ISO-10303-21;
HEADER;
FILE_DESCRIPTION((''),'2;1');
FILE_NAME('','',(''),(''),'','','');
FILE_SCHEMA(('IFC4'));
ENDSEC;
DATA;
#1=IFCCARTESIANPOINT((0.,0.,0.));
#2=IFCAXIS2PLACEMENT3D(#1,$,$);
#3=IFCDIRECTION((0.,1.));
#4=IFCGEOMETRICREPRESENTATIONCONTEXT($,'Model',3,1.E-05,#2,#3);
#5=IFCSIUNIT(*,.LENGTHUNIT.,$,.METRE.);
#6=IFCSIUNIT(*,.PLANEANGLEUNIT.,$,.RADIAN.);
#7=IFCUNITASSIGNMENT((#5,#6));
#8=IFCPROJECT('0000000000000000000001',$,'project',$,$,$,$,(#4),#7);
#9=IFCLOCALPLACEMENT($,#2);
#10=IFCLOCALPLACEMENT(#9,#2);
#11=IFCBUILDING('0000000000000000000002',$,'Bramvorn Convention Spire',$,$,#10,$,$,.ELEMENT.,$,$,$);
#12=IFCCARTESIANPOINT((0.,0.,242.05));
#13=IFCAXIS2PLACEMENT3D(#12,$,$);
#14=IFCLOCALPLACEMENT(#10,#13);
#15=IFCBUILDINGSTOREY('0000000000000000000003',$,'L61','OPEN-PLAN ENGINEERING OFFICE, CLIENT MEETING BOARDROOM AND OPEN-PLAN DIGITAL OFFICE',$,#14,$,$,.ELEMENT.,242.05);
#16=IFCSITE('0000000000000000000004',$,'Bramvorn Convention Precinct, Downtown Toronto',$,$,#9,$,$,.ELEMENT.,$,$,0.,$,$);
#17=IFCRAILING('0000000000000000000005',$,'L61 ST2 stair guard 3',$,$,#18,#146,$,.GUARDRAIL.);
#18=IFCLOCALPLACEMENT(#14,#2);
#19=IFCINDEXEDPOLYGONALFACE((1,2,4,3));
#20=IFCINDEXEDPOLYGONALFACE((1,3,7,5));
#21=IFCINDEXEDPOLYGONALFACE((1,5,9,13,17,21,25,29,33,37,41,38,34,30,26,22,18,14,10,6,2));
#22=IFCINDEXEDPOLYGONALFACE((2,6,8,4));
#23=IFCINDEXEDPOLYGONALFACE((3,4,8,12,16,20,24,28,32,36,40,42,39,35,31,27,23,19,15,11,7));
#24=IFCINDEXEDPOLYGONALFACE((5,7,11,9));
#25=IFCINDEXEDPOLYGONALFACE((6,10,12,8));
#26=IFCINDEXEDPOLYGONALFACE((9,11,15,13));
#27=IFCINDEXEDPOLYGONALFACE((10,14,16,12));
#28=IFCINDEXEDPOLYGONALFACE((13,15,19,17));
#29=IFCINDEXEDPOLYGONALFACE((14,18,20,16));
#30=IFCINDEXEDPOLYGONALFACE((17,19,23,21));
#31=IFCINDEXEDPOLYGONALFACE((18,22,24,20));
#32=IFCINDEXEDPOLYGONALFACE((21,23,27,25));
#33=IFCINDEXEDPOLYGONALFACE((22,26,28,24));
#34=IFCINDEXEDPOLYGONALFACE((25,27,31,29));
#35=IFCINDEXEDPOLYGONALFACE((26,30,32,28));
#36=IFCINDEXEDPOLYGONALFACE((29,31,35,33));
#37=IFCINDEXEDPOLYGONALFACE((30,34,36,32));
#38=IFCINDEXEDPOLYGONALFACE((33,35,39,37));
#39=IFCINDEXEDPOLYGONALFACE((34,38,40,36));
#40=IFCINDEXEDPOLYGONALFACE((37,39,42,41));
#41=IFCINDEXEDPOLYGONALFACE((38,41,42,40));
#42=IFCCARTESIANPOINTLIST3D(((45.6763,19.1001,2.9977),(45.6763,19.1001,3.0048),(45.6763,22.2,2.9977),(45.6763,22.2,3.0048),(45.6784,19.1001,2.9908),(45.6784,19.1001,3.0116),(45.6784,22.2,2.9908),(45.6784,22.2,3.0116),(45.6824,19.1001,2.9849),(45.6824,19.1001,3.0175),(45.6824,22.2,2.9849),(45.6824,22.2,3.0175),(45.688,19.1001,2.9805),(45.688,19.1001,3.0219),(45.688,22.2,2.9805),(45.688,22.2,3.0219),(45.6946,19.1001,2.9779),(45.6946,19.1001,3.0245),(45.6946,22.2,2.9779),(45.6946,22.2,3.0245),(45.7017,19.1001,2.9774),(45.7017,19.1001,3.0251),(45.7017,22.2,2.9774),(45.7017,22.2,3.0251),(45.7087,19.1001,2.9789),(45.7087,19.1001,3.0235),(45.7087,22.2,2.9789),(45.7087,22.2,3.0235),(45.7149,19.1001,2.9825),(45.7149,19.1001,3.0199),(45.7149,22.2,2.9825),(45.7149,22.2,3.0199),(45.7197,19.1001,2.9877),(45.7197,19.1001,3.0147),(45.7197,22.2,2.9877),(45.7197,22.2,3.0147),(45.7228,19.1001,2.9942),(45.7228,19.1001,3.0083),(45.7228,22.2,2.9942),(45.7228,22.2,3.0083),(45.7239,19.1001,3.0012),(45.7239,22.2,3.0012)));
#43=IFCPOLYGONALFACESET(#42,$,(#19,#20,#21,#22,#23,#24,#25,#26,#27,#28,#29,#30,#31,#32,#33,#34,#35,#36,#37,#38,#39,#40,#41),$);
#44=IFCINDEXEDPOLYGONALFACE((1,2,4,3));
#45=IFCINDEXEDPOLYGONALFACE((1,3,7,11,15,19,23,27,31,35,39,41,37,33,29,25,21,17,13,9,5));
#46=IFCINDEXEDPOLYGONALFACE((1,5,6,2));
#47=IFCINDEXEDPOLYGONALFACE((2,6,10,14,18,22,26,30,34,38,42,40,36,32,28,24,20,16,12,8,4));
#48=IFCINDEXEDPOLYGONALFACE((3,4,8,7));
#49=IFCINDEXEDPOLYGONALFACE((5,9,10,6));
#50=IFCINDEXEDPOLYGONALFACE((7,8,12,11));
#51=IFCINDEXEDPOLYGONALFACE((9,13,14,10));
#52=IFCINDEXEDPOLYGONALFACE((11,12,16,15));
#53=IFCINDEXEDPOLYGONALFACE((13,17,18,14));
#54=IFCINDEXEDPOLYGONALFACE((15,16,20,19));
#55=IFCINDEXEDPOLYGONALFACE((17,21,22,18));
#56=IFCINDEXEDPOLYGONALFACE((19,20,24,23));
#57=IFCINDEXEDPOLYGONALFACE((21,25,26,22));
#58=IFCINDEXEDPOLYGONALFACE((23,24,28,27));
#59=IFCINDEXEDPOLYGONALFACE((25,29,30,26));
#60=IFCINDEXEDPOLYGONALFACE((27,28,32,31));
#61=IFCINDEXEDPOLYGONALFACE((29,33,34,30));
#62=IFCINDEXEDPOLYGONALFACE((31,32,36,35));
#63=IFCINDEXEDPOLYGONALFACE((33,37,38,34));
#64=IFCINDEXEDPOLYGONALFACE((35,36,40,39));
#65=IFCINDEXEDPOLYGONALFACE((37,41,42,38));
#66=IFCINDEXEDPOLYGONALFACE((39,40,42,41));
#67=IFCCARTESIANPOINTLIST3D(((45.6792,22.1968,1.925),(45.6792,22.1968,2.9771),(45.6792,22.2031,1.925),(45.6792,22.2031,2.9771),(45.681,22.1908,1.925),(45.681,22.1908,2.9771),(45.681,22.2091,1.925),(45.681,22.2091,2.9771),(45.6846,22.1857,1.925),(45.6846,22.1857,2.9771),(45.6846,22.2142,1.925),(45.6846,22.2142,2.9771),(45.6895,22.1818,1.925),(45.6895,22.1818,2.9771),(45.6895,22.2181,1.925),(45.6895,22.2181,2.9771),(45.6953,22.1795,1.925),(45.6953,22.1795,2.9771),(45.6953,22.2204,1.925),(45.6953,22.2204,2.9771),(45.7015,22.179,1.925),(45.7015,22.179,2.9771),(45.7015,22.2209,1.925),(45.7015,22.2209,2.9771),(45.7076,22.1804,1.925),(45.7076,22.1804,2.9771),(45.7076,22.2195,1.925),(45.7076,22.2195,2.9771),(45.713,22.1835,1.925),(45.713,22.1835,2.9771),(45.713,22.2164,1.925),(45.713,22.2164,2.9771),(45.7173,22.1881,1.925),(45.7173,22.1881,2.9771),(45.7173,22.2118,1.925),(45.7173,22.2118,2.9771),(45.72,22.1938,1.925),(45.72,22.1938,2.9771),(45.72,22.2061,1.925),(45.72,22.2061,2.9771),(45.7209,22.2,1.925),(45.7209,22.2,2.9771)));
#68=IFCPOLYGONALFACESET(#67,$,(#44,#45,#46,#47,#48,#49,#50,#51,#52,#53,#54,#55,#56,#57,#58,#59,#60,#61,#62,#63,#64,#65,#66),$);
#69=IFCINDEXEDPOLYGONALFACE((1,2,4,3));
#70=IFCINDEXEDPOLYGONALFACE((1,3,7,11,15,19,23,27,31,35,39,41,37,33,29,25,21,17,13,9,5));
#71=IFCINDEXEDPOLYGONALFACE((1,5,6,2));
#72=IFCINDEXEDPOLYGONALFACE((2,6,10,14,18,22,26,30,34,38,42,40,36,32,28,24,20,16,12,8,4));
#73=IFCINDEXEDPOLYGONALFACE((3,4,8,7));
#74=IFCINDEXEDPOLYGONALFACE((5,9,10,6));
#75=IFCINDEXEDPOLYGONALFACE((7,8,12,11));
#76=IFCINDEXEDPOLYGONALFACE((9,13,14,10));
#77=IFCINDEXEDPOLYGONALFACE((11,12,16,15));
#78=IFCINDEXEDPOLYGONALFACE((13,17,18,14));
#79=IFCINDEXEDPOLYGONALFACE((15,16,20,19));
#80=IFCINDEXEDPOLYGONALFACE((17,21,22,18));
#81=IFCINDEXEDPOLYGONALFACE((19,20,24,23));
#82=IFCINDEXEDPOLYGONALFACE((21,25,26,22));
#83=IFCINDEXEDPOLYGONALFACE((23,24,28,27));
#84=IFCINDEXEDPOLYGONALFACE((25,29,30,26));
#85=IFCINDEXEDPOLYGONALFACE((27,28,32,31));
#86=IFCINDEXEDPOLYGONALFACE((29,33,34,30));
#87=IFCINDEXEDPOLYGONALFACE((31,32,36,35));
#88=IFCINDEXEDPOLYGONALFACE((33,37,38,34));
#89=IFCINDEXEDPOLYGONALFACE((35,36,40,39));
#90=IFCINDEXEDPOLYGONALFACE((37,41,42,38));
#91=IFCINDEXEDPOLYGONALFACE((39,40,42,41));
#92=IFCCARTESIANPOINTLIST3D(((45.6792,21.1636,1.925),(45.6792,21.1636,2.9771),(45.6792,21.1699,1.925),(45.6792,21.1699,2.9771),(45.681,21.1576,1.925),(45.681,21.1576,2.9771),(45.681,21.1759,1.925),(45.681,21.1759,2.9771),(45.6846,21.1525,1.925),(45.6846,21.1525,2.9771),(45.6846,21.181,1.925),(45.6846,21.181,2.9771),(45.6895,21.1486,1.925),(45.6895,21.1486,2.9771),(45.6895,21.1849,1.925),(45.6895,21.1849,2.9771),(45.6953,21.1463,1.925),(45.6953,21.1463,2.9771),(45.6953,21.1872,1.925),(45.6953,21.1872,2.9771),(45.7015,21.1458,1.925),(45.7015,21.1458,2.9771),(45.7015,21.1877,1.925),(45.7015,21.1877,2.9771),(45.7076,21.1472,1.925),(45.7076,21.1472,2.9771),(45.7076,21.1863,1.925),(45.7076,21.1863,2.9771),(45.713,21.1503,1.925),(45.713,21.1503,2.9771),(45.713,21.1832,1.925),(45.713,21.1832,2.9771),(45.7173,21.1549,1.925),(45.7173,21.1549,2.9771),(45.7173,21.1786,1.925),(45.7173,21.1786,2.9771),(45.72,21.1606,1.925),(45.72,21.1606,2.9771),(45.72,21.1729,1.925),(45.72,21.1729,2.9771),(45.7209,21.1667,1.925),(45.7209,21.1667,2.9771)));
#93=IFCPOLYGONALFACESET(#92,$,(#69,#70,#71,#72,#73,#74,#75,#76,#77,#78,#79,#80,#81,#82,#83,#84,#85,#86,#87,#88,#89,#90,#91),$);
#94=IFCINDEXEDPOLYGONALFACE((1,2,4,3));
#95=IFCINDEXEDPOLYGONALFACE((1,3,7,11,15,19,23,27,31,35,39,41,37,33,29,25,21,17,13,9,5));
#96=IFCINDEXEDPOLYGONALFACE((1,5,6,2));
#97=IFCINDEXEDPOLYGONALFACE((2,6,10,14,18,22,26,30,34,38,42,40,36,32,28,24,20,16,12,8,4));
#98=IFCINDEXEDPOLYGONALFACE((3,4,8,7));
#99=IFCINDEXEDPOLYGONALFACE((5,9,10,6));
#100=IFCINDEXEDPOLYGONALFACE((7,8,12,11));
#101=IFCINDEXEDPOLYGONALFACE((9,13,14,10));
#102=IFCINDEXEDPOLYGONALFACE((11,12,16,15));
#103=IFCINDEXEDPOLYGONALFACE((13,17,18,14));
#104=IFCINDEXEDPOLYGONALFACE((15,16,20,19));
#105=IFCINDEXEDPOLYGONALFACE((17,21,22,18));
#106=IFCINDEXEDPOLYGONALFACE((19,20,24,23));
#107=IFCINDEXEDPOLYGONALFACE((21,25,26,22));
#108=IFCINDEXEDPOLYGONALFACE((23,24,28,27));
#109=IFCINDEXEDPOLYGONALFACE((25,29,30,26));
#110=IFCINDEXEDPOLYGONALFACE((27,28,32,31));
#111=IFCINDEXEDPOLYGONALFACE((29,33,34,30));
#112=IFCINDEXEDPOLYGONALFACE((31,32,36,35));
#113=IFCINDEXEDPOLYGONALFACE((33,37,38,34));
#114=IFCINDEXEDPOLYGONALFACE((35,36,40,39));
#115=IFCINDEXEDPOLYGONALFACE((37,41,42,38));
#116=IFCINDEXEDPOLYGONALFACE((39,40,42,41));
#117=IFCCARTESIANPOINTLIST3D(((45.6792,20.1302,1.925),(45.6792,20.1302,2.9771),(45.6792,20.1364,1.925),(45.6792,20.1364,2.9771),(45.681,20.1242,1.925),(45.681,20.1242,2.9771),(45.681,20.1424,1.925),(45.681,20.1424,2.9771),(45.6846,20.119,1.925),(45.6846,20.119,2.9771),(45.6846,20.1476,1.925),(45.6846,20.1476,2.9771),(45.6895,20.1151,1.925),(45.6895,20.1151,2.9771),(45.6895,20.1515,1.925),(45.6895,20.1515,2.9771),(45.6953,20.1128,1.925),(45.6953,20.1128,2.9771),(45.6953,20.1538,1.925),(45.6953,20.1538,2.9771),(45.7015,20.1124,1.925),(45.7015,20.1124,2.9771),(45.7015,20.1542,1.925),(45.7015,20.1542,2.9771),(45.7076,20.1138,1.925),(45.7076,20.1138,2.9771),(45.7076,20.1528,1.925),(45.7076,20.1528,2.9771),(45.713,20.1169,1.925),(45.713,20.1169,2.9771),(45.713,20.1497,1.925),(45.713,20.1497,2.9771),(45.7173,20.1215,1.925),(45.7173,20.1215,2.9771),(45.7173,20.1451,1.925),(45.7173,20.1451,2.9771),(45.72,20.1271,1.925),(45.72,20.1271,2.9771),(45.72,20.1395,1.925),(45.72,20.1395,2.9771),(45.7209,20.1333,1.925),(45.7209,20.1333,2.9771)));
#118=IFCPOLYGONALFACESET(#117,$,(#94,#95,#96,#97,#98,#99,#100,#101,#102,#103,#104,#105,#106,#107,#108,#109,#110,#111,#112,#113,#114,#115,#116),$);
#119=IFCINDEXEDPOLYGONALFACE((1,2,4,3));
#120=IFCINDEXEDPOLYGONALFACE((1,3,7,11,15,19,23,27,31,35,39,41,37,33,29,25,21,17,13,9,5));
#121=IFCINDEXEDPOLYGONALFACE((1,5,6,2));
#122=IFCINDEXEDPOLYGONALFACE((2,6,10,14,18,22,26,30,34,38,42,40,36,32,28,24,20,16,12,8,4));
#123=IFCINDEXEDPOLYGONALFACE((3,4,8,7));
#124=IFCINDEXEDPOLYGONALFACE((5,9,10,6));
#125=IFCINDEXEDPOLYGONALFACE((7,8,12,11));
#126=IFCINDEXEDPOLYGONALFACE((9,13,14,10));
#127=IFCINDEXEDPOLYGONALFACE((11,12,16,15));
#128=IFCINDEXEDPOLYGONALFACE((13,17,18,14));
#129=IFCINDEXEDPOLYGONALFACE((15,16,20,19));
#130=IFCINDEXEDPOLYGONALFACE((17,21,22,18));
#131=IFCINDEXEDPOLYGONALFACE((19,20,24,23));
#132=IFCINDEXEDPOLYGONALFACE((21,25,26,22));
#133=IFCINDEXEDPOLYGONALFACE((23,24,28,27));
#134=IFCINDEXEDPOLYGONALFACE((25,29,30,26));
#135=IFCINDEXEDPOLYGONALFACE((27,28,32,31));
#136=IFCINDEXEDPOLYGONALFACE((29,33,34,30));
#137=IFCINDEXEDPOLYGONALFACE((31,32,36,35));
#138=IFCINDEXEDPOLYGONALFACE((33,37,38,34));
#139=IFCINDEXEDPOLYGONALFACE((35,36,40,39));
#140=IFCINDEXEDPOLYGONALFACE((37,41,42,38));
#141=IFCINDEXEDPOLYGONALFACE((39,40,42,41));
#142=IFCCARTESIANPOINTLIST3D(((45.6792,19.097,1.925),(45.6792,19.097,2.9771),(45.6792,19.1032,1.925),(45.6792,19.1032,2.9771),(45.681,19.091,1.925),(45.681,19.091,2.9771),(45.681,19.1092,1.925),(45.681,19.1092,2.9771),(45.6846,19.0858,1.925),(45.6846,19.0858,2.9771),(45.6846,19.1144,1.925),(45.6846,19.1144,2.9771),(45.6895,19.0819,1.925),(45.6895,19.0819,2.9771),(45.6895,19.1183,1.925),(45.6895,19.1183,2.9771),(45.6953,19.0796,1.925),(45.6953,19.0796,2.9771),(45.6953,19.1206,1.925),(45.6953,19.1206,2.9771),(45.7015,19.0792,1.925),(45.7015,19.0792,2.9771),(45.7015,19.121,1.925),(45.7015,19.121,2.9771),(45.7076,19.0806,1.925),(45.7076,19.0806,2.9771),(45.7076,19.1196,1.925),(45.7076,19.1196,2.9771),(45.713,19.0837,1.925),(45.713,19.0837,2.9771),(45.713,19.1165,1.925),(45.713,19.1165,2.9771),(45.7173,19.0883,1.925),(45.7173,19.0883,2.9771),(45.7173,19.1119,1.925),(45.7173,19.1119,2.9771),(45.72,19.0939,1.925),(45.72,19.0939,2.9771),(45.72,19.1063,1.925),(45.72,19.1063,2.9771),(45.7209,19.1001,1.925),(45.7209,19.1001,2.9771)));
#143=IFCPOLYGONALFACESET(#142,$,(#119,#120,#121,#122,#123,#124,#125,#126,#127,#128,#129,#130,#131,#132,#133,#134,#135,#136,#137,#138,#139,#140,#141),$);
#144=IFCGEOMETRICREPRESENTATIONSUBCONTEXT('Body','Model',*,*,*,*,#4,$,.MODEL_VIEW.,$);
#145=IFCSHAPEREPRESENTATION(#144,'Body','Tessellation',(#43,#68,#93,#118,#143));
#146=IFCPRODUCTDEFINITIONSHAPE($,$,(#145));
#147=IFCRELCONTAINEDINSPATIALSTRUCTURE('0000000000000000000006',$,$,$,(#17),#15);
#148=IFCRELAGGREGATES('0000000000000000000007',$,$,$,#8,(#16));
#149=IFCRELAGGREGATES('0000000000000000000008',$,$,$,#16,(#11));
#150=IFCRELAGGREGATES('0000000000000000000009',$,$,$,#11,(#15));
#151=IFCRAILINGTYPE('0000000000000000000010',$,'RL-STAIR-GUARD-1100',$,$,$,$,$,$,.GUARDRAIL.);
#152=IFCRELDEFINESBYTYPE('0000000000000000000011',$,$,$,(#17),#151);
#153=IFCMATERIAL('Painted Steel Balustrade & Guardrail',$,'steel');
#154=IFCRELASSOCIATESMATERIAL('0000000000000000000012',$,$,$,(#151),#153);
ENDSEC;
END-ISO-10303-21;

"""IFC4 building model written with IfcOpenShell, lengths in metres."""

from ifc_helpers import new_model, si_unit, direction, frame, origin, origin_2d, place, context, subcontext, project, spatial, circle, extrude, material, type_object, element, save


model = new_model("IFC4")

# Units and contexts
model_context = context("Model", 3, precision=1e-05, world=origin(), true_north=direction((0.0, 1.0)))
body_context = subcontext(model_context, "Body", "Model", "MODEL_VIEW")
ifc_project = project(units=[si_unit("LENGTHUNIT", "METRE"), si_unit("PLANEANGLEUNIT", "RADIAN")], contexts=[model_context])

# Site, building, storey
site_placement = place(None, origin())
site = spatial("IfcSite", under=ifc_project, at=site_placement, Name="Bramvorn Convention Precinct, Downtown Toronto", CompositionType="ELEMENT", RefElevation=0.0)
building_placement = place(site_placement, origin())
building = spatial("IfcBuilding", under=site, at=building_placement, Name="Bramvorn Convention Spire", CompositionType="ELEMENT")
storey_placement = place(building_placement, frame((0.0, 0.0, 242.05)))
storey = spatial("IfcBuildingStorey", under=building, at=storey_placement, Name="L61", Description="OPEN-PLAN ENGINEERING OFFICE, CLIENT MEETING BOARDROOM AND OPEN-PLAN DIGITAL OFFICE", CompositionType="ELEMENT", Elevation=242.05)

# Railing
ifc_material_1 = material(Name="Painted Steel Balustrade & Guardrail", Category="steel")
railing_type_1 = type_object("IfcRailingType", Name="RL-STAIR-GUARD-1100", PredefinedType="GUARDRAIL", material=ifc_material_1)
railing_1_placement = place(storey_placement, frame((45.7, 22.2, 1.925)))
element("IfcRailing", 1, at=railing_1_placement, inside=storey, type_object=railing_type_1, Name="L61 ST2 stair guard 3", PredefinedType="GUARDRAIL", context=body_context, shape_type="SweptSolid", body=[
    extrude(circle(Radius=0.0239, at=origin_2d()), frame((0.0, 0.0, 1.0762), z_axis=(0.0, -1.0, 0.0), x_axis=(1.0, 0.0, 0.0)), (0.0, 0.0, 1.0), 3.0999),
    extrude(circle(Radius=0.021, at=origin_2d()), origin(), (0.0, 0.0, 1.0), 1.052),
    extrude(circle(Radius=0.021, at=origin_2d()), frame((0.0, -1.0332, 0.0)), (0.0, 0.0, 1.0), 1.052),
    extrude(circle(Radius=0.021, at=origin_2d()), frame((0.0, -2.0667, 0.0)), (0.0, 0.0, 1.0), 1.052),
    extrude(circle(Radius=0.021, at=origin_2d()), frame((0.0, -3.0999, 0.0)), (0.0, 0.0, 1.0), 1.052),
])

save(model, "model.ifc")
